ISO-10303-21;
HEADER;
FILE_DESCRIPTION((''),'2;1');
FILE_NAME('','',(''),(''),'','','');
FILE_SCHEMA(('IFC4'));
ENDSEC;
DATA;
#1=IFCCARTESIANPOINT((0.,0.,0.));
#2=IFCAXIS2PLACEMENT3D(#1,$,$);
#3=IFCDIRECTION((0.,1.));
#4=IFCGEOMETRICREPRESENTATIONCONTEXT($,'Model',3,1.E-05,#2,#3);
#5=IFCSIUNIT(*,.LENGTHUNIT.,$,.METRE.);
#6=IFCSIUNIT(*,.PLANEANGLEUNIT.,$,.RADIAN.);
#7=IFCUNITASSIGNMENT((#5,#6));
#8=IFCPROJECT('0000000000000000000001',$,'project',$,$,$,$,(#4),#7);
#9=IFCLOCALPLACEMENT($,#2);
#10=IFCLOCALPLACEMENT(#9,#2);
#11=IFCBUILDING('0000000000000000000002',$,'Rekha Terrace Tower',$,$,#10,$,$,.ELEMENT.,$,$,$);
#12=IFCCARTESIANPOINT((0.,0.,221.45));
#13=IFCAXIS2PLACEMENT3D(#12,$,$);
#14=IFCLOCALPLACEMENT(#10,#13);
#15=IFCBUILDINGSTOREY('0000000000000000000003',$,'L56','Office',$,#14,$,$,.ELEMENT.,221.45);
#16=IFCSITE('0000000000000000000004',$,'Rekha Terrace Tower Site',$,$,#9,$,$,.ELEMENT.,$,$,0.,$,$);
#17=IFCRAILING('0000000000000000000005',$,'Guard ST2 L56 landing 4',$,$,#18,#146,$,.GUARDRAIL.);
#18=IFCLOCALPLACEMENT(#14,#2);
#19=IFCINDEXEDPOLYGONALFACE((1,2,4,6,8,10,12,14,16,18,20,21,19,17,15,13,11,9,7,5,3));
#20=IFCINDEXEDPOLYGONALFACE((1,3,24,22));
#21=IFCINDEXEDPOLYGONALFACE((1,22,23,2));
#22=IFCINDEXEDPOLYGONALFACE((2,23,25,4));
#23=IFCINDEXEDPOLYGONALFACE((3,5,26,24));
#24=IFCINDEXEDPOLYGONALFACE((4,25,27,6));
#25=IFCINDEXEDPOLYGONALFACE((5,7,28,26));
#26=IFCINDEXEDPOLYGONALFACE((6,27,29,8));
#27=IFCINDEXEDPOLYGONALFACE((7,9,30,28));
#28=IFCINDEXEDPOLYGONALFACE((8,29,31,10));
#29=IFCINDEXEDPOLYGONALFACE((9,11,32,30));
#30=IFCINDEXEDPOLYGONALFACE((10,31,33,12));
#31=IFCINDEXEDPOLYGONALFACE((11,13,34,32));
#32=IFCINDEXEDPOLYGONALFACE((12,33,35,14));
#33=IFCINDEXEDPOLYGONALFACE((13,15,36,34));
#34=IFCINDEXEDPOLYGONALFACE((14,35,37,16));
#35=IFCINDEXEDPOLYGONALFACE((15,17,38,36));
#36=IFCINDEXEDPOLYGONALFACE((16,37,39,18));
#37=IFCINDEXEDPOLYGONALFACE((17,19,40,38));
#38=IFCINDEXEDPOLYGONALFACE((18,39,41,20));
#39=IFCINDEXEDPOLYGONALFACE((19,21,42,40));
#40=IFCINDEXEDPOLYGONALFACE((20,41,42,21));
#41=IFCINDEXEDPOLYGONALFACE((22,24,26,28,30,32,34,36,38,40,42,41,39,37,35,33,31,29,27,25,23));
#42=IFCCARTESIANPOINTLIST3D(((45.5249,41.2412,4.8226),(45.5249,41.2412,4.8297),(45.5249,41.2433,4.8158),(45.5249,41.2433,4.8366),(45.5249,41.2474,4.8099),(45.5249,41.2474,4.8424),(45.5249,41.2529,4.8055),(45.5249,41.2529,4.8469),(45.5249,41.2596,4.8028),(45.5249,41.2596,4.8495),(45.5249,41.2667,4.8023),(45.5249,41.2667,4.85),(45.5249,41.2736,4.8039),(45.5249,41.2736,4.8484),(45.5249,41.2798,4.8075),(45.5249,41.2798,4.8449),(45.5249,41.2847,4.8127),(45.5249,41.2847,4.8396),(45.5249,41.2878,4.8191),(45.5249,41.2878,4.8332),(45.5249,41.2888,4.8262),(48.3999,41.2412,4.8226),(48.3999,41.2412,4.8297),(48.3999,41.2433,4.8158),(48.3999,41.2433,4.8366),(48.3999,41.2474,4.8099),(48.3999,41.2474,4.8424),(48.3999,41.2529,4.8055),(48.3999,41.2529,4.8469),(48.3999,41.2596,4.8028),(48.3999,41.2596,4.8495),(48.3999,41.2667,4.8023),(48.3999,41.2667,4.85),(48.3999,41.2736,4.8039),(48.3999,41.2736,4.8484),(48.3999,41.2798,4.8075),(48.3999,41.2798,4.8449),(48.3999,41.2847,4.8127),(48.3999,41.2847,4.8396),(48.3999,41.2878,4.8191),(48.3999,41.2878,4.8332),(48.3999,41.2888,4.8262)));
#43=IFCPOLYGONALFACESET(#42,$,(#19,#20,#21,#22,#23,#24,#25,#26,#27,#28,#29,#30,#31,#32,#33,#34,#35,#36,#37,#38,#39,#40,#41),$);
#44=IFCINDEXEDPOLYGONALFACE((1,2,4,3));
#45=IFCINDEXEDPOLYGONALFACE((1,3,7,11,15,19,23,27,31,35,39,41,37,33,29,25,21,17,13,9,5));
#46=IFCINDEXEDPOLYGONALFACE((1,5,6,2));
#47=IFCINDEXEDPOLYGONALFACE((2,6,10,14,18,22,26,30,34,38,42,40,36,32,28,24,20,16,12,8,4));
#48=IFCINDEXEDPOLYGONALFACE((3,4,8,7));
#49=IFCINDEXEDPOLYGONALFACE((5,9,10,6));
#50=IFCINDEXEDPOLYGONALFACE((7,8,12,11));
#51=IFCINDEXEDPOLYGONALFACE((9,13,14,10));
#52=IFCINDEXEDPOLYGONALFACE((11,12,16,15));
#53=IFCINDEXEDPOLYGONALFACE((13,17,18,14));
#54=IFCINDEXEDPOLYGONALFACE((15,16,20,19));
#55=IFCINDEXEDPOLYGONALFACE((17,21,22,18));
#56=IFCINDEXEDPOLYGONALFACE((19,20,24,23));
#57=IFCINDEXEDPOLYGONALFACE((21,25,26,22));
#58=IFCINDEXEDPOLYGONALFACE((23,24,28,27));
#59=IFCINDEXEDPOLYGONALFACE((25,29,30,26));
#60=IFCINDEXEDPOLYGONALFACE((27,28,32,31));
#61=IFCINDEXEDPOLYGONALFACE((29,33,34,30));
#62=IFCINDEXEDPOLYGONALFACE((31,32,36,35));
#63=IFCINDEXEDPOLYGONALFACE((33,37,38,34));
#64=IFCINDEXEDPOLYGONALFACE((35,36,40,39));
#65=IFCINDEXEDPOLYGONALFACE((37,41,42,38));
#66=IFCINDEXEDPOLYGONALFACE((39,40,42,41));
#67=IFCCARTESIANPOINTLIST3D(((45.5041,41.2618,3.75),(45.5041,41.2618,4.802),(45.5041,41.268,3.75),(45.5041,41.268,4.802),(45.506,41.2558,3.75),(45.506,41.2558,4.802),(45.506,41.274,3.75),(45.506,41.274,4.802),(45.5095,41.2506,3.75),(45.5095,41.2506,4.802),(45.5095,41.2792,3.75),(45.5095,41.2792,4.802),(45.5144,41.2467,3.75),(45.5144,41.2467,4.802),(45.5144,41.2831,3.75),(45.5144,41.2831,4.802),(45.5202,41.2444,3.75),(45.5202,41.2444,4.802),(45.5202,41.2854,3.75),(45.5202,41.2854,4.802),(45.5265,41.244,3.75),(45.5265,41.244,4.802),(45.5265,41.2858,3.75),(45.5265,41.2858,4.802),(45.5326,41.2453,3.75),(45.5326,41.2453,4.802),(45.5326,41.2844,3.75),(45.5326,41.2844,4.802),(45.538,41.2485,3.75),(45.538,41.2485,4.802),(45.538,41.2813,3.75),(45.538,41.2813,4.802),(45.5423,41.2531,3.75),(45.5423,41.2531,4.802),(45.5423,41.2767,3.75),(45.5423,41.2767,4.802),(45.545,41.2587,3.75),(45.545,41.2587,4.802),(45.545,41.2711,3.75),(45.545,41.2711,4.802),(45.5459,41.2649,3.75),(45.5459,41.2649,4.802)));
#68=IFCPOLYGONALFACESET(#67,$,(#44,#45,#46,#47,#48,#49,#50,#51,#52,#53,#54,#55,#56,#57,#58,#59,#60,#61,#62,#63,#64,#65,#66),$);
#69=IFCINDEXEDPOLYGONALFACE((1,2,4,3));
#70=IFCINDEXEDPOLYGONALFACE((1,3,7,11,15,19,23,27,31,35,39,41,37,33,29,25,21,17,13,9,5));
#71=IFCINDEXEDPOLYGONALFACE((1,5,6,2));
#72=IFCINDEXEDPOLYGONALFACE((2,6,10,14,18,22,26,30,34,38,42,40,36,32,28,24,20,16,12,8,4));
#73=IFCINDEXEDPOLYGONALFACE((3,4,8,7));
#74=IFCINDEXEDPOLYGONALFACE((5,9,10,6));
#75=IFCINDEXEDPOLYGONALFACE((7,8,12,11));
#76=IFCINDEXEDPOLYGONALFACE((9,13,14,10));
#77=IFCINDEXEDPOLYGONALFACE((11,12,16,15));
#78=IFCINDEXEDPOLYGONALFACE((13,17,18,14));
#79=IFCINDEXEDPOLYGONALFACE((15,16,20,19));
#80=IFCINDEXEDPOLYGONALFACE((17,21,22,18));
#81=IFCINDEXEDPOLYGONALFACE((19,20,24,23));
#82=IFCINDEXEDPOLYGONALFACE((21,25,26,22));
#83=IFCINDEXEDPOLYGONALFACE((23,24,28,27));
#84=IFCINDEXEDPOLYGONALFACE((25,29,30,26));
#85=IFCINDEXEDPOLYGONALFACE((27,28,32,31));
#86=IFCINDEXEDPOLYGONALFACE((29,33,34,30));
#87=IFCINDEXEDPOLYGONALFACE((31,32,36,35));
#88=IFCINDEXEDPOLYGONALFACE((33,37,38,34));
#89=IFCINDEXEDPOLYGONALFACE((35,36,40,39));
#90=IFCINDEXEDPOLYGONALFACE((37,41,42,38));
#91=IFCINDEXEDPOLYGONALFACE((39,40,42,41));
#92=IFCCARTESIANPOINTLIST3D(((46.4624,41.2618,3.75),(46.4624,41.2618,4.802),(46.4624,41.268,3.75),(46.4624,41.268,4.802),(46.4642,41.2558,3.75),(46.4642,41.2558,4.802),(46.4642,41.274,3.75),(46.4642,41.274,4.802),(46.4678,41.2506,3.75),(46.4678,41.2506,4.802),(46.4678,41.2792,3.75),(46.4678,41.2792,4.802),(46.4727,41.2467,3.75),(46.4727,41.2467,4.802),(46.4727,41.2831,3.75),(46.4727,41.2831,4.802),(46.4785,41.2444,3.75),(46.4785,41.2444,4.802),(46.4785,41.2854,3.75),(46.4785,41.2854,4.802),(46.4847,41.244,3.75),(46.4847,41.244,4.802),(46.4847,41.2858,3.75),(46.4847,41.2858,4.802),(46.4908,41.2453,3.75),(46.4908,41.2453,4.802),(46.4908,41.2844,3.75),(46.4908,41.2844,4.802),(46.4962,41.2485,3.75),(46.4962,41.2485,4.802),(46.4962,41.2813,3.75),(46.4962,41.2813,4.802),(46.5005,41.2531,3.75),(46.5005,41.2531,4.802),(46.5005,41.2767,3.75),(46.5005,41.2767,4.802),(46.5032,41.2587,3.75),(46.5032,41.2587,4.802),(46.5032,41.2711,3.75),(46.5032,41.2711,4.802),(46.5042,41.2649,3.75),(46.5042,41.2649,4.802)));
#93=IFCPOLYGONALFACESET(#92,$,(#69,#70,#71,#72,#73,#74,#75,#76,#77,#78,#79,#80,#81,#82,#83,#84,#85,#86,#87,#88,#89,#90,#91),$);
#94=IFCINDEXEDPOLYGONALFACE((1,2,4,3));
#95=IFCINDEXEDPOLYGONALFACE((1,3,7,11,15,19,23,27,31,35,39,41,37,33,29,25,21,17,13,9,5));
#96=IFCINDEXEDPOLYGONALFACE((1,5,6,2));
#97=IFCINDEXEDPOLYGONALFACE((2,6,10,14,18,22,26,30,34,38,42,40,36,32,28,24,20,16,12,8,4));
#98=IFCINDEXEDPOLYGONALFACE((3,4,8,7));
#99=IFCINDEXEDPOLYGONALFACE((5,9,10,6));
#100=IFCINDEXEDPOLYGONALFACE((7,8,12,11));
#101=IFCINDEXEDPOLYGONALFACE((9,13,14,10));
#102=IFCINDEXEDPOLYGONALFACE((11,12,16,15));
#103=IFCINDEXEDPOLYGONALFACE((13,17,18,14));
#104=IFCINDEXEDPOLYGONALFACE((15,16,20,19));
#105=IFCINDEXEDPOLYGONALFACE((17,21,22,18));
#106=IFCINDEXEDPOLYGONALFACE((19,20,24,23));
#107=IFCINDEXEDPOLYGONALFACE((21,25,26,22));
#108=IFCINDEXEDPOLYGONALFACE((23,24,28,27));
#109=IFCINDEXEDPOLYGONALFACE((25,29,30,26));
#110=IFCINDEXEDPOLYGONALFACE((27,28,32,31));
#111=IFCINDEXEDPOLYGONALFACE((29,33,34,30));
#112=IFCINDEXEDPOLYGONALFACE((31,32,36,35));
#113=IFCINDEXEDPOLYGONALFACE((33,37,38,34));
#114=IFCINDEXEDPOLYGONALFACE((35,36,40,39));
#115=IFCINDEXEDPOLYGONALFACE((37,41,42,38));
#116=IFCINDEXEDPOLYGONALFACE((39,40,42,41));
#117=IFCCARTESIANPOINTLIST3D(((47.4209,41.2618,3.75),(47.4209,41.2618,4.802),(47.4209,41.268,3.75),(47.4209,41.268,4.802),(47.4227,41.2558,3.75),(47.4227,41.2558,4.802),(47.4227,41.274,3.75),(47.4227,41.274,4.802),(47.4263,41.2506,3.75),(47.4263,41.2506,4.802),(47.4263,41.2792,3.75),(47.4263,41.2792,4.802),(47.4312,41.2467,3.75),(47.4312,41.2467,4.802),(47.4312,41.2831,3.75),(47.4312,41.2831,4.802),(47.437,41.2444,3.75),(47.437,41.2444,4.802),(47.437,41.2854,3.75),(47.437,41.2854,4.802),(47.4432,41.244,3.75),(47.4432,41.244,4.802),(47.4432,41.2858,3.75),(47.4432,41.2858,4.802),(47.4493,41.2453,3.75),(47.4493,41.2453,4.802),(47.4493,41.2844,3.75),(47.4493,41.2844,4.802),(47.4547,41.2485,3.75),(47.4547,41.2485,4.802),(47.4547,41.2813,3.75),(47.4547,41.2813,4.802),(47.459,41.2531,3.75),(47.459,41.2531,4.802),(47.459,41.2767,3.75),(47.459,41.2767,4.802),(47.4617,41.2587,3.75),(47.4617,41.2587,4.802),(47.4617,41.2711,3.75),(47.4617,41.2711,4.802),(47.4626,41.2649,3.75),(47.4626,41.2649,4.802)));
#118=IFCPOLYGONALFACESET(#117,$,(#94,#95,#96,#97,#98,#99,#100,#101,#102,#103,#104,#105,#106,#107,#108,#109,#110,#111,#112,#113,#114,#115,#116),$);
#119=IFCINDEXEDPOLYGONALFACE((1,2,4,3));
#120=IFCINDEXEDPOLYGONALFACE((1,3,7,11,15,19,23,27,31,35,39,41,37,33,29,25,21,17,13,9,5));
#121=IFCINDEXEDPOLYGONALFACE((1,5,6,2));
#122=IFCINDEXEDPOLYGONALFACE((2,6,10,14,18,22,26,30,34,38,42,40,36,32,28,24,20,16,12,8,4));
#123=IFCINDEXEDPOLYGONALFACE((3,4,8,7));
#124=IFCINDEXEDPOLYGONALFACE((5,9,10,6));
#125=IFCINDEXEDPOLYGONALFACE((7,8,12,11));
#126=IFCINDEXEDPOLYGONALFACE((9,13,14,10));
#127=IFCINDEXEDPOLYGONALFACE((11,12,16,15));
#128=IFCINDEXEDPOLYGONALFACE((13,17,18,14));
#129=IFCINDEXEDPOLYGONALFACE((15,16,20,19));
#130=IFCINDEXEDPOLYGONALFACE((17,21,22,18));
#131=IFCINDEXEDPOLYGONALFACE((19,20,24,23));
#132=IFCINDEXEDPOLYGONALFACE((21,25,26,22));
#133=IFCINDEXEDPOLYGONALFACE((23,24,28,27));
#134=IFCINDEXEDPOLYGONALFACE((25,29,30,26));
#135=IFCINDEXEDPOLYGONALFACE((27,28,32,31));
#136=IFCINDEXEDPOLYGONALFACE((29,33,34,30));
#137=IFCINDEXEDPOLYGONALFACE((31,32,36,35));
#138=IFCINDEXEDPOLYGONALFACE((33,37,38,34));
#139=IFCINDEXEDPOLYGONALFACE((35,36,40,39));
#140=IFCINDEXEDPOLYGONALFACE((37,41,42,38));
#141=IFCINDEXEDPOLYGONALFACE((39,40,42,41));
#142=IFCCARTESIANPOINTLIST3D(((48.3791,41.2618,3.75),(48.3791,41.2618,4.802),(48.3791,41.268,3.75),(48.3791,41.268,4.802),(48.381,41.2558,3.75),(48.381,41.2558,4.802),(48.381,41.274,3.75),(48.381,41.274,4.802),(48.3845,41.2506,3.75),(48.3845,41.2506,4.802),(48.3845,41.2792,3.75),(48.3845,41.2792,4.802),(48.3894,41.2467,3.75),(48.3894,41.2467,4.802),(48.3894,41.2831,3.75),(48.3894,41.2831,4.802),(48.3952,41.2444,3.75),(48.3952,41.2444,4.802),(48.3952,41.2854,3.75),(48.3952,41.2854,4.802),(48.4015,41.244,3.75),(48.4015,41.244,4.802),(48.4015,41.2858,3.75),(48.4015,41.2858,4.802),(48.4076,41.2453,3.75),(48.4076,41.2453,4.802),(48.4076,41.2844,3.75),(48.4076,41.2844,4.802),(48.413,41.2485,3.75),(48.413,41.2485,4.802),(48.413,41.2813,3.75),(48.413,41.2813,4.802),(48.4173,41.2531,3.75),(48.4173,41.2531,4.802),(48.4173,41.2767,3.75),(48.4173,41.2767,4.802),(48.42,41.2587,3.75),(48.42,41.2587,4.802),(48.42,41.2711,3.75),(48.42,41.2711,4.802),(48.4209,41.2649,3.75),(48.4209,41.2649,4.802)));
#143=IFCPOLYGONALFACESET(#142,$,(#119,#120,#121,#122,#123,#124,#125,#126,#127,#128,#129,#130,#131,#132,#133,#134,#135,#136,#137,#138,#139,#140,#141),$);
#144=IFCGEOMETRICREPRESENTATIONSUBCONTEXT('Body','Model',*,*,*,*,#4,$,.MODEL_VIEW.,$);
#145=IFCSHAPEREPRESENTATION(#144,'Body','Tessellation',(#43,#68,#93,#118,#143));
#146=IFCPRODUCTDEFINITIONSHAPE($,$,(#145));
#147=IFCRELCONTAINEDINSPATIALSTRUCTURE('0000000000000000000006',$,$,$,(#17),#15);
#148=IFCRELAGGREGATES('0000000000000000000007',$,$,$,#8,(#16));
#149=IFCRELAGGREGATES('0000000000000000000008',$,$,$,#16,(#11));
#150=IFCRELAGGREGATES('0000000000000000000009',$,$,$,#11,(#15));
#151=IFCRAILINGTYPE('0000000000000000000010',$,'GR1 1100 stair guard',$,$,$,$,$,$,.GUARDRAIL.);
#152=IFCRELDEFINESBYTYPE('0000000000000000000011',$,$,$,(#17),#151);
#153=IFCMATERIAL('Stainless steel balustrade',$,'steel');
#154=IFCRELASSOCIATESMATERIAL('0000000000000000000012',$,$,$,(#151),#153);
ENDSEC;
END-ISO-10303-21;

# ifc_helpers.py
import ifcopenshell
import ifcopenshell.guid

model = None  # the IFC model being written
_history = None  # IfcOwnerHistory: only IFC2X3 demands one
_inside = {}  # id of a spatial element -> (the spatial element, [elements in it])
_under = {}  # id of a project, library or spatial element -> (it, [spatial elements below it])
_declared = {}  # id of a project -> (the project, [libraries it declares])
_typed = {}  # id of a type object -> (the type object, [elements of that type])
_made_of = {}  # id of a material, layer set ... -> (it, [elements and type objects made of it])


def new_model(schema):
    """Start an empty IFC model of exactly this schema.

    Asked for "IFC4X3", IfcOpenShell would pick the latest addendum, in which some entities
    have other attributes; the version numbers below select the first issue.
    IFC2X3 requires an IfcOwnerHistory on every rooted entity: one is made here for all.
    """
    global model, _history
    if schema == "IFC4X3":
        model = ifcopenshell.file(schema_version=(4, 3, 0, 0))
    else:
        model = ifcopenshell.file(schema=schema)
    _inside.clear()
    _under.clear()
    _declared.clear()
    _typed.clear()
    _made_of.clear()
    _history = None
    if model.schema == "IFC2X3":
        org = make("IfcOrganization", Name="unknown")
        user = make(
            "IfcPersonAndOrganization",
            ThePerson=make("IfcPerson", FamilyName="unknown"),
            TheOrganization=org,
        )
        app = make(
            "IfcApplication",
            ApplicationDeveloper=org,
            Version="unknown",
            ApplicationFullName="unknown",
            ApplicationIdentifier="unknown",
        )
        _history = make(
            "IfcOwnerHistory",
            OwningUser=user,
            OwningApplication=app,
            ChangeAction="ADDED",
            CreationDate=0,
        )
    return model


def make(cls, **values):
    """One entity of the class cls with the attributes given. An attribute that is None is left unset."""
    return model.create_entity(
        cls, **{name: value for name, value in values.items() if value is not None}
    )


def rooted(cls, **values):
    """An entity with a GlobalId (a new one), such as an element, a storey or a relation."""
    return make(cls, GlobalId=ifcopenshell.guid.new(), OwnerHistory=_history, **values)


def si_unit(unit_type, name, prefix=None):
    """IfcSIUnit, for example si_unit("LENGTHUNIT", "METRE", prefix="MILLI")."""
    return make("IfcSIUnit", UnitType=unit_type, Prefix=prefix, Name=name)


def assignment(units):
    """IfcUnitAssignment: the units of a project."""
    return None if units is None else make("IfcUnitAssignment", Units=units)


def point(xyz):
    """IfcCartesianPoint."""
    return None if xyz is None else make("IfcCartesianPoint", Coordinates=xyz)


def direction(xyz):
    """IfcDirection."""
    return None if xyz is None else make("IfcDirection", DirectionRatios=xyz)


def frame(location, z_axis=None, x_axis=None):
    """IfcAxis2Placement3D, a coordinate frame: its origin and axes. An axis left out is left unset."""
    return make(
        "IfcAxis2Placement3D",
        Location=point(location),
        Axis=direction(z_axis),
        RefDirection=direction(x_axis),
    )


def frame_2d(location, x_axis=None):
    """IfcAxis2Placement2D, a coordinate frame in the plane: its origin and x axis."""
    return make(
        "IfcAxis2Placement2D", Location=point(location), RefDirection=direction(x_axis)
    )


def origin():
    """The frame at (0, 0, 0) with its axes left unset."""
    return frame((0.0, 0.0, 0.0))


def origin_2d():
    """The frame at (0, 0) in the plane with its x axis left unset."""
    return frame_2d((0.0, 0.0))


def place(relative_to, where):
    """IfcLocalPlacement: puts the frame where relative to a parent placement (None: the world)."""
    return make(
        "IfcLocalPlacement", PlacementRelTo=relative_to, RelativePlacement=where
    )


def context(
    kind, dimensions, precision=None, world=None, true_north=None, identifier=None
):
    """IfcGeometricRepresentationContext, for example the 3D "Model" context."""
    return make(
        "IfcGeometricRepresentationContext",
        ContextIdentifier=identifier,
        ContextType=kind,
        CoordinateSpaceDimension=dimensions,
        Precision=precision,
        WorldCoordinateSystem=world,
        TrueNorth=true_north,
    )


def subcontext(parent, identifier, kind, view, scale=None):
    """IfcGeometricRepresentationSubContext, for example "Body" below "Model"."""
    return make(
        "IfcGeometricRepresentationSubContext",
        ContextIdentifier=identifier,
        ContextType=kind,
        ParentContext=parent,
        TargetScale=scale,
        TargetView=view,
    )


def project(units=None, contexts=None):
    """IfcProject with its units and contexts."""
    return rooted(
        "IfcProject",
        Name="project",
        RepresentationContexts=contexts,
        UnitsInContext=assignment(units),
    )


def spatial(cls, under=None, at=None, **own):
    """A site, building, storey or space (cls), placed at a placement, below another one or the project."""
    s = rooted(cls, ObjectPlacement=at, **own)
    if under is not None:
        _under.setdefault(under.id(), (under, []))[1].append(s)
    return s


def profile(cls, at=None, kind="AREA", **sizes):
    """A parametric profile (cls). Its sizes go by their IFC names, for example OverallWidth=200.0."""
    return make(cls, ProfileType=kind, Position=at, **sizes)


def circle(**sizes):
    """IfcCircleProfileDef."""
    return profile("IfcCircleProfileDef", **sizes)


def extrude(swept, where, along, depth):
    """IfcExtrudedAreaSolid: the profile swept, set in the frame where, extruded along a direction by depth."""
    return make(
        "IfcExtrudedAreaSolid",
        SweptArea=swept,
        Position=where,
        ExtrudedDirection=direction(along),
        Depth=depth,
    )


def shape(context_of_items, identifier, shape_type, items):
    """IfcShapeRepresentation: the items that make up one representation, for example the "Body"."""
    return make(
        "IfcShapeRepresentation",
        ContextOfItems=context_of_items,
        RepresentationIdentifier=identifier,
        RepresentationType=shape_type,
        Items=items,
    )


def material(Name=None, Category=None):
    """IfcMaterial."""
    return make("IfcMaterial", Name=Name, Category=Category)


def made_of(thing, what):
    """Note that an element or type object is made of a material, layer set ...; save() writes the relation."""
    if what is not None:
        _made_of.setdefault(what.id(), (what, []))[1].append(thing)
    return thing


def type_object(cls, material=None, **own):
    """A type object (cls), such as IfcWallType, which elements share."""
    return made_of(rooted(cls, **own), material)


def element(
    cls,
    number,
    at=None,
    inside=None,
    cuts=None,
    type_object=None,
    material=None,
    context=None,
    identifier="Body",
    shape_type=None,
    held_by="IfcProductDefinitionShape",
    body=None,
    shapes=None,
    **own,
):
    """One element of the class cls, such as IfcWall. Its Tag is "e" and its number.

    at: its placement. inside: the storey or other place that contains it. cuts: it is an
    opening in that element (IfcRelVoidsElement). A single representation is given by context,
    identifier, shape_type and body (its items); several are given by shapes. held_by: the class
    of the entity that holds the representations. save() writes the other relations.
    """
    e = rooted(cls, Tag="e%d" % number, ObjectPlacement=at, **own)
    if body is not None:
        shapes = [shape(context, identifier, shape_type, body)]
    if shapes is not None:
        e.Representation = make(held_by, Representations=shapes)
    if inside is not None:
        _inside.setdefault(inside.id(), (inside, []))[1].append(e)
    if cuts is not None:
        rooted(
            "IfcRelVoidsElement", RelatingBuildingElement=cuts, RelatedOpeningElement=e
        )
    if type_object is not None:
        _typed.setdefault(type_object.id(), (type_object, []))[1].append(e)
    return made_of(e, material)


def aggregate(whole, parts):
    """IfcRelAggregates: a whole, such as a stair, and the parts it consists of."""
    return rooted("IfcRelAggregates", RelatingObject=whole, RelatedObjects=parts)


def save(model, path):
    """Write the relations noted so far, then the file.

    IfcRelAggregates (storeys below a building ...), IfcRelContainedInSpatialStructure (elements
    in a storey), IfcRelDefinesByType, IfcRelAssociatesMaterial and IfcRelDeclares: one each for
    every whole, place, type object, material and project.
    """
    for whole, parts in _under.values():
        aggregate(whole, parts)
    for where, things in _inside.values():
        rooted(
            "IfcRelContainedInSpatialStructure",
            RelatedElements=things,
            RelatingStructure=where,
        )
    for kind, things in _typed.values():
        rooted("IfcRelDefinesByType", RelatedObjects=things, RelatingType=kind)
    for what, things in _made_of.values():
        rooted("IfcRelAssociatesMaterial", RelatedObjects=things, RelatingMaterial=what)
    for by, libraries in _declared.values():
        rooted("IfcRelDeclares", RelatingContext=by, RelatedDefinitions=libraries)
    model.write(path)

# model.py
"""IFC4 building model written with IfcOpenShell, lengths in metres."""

from ifc_helpers import new_model, si_unit, direction, frame, origin, origin_2d, place, context, subcontext, project, spatial, circle, extrude, material, type_object, element, save


model = new_model("IFC4")

# Units and contexts
model_context = context("Model", 3, precision=1e-05, world=origin(), true_north=direction((0.0, 1.0)))
body_context = subcontext(model_context, "Body", "Model", "MODEL_VIEW")
ifc_project = project(units=[si_unit("LENGTHUNIT", "METRE"), si_unit("PLANEANGLEUNIT", "RADIAN")], contexts=[model_context])

# Site, building, storey
site_placement = place(None, origin())
site = spatial("IfcSite", under=ifc_project, at=site_placement, Name="Rekha Terrace Tower Site", CompositionType="ELEMENT", RefElevation=0.0)
building_placement = place(site_placement, origin())
building = spatial("IfcBuilding", under=site, at=building_placement, Name="Rekha Terrace Tower", CompositionType="ELEMENT")
storey_placement = place(building_placement, frame((0.0, 0.0, 221.45)))
storey = spatial("IfcBuildingStorey", under=building, at=storey_placement, Name="L56", Description="Office", CompositionType="ELEMENT", Elevation=221.45)

# Railing
ifc_material_1 = material(Name="Stainless steel balustrade", Category="steel")
railing_type_1 = type_object("IfcRailingType", Name="GR1 1100 stair guard", PredefinedType="GUARDRAIL", material=ifc_material_1)
railing_1_placement = place(storey_placement, frame((45.5249, 41.2649, 3.75)))
element("IfcRailing", 1, at=railing_1_placement, inside=storey, type_object=railing_type_1, Name="Guard ST2 L56 landing 4", PredefinedType="GUARDRAIL", context=body_context, shape_type="SweptSolid", body=[
    extrude(circle(Radius=0.0239, at=origin_2d()), frame((0.0, 0.0, 1.0762), z_axis=(1.0, 0.0, 0.0), x_axis=(0.0, 1.0, 0.0)), (0.0, 0.0, 1.0), 2.875),
    extrude(circle(Radius=0.021, at=origin_2d()), origin(), (0.0, 0.0, 1.0), 1.052),
    extrude(circle(Radius=0.021, at=origin_2d()), frame((0.9583, 0.0, 0.0)), (0.0, 0.0, 1.0), 1.052),
    extrude(circle(Radius=0.021, at=origin_2d()), frame((1.9167, 0.0, 0.0)), (0.0, 0.0, 1.0), 1.052),
    extrude(circle(Radius=0.021, at=origin_2d()), frame((2.875, 0.0, 0.0)), (0.0, 0.0, 1.0), 1.052),
])

save(model, "model.ifc")
